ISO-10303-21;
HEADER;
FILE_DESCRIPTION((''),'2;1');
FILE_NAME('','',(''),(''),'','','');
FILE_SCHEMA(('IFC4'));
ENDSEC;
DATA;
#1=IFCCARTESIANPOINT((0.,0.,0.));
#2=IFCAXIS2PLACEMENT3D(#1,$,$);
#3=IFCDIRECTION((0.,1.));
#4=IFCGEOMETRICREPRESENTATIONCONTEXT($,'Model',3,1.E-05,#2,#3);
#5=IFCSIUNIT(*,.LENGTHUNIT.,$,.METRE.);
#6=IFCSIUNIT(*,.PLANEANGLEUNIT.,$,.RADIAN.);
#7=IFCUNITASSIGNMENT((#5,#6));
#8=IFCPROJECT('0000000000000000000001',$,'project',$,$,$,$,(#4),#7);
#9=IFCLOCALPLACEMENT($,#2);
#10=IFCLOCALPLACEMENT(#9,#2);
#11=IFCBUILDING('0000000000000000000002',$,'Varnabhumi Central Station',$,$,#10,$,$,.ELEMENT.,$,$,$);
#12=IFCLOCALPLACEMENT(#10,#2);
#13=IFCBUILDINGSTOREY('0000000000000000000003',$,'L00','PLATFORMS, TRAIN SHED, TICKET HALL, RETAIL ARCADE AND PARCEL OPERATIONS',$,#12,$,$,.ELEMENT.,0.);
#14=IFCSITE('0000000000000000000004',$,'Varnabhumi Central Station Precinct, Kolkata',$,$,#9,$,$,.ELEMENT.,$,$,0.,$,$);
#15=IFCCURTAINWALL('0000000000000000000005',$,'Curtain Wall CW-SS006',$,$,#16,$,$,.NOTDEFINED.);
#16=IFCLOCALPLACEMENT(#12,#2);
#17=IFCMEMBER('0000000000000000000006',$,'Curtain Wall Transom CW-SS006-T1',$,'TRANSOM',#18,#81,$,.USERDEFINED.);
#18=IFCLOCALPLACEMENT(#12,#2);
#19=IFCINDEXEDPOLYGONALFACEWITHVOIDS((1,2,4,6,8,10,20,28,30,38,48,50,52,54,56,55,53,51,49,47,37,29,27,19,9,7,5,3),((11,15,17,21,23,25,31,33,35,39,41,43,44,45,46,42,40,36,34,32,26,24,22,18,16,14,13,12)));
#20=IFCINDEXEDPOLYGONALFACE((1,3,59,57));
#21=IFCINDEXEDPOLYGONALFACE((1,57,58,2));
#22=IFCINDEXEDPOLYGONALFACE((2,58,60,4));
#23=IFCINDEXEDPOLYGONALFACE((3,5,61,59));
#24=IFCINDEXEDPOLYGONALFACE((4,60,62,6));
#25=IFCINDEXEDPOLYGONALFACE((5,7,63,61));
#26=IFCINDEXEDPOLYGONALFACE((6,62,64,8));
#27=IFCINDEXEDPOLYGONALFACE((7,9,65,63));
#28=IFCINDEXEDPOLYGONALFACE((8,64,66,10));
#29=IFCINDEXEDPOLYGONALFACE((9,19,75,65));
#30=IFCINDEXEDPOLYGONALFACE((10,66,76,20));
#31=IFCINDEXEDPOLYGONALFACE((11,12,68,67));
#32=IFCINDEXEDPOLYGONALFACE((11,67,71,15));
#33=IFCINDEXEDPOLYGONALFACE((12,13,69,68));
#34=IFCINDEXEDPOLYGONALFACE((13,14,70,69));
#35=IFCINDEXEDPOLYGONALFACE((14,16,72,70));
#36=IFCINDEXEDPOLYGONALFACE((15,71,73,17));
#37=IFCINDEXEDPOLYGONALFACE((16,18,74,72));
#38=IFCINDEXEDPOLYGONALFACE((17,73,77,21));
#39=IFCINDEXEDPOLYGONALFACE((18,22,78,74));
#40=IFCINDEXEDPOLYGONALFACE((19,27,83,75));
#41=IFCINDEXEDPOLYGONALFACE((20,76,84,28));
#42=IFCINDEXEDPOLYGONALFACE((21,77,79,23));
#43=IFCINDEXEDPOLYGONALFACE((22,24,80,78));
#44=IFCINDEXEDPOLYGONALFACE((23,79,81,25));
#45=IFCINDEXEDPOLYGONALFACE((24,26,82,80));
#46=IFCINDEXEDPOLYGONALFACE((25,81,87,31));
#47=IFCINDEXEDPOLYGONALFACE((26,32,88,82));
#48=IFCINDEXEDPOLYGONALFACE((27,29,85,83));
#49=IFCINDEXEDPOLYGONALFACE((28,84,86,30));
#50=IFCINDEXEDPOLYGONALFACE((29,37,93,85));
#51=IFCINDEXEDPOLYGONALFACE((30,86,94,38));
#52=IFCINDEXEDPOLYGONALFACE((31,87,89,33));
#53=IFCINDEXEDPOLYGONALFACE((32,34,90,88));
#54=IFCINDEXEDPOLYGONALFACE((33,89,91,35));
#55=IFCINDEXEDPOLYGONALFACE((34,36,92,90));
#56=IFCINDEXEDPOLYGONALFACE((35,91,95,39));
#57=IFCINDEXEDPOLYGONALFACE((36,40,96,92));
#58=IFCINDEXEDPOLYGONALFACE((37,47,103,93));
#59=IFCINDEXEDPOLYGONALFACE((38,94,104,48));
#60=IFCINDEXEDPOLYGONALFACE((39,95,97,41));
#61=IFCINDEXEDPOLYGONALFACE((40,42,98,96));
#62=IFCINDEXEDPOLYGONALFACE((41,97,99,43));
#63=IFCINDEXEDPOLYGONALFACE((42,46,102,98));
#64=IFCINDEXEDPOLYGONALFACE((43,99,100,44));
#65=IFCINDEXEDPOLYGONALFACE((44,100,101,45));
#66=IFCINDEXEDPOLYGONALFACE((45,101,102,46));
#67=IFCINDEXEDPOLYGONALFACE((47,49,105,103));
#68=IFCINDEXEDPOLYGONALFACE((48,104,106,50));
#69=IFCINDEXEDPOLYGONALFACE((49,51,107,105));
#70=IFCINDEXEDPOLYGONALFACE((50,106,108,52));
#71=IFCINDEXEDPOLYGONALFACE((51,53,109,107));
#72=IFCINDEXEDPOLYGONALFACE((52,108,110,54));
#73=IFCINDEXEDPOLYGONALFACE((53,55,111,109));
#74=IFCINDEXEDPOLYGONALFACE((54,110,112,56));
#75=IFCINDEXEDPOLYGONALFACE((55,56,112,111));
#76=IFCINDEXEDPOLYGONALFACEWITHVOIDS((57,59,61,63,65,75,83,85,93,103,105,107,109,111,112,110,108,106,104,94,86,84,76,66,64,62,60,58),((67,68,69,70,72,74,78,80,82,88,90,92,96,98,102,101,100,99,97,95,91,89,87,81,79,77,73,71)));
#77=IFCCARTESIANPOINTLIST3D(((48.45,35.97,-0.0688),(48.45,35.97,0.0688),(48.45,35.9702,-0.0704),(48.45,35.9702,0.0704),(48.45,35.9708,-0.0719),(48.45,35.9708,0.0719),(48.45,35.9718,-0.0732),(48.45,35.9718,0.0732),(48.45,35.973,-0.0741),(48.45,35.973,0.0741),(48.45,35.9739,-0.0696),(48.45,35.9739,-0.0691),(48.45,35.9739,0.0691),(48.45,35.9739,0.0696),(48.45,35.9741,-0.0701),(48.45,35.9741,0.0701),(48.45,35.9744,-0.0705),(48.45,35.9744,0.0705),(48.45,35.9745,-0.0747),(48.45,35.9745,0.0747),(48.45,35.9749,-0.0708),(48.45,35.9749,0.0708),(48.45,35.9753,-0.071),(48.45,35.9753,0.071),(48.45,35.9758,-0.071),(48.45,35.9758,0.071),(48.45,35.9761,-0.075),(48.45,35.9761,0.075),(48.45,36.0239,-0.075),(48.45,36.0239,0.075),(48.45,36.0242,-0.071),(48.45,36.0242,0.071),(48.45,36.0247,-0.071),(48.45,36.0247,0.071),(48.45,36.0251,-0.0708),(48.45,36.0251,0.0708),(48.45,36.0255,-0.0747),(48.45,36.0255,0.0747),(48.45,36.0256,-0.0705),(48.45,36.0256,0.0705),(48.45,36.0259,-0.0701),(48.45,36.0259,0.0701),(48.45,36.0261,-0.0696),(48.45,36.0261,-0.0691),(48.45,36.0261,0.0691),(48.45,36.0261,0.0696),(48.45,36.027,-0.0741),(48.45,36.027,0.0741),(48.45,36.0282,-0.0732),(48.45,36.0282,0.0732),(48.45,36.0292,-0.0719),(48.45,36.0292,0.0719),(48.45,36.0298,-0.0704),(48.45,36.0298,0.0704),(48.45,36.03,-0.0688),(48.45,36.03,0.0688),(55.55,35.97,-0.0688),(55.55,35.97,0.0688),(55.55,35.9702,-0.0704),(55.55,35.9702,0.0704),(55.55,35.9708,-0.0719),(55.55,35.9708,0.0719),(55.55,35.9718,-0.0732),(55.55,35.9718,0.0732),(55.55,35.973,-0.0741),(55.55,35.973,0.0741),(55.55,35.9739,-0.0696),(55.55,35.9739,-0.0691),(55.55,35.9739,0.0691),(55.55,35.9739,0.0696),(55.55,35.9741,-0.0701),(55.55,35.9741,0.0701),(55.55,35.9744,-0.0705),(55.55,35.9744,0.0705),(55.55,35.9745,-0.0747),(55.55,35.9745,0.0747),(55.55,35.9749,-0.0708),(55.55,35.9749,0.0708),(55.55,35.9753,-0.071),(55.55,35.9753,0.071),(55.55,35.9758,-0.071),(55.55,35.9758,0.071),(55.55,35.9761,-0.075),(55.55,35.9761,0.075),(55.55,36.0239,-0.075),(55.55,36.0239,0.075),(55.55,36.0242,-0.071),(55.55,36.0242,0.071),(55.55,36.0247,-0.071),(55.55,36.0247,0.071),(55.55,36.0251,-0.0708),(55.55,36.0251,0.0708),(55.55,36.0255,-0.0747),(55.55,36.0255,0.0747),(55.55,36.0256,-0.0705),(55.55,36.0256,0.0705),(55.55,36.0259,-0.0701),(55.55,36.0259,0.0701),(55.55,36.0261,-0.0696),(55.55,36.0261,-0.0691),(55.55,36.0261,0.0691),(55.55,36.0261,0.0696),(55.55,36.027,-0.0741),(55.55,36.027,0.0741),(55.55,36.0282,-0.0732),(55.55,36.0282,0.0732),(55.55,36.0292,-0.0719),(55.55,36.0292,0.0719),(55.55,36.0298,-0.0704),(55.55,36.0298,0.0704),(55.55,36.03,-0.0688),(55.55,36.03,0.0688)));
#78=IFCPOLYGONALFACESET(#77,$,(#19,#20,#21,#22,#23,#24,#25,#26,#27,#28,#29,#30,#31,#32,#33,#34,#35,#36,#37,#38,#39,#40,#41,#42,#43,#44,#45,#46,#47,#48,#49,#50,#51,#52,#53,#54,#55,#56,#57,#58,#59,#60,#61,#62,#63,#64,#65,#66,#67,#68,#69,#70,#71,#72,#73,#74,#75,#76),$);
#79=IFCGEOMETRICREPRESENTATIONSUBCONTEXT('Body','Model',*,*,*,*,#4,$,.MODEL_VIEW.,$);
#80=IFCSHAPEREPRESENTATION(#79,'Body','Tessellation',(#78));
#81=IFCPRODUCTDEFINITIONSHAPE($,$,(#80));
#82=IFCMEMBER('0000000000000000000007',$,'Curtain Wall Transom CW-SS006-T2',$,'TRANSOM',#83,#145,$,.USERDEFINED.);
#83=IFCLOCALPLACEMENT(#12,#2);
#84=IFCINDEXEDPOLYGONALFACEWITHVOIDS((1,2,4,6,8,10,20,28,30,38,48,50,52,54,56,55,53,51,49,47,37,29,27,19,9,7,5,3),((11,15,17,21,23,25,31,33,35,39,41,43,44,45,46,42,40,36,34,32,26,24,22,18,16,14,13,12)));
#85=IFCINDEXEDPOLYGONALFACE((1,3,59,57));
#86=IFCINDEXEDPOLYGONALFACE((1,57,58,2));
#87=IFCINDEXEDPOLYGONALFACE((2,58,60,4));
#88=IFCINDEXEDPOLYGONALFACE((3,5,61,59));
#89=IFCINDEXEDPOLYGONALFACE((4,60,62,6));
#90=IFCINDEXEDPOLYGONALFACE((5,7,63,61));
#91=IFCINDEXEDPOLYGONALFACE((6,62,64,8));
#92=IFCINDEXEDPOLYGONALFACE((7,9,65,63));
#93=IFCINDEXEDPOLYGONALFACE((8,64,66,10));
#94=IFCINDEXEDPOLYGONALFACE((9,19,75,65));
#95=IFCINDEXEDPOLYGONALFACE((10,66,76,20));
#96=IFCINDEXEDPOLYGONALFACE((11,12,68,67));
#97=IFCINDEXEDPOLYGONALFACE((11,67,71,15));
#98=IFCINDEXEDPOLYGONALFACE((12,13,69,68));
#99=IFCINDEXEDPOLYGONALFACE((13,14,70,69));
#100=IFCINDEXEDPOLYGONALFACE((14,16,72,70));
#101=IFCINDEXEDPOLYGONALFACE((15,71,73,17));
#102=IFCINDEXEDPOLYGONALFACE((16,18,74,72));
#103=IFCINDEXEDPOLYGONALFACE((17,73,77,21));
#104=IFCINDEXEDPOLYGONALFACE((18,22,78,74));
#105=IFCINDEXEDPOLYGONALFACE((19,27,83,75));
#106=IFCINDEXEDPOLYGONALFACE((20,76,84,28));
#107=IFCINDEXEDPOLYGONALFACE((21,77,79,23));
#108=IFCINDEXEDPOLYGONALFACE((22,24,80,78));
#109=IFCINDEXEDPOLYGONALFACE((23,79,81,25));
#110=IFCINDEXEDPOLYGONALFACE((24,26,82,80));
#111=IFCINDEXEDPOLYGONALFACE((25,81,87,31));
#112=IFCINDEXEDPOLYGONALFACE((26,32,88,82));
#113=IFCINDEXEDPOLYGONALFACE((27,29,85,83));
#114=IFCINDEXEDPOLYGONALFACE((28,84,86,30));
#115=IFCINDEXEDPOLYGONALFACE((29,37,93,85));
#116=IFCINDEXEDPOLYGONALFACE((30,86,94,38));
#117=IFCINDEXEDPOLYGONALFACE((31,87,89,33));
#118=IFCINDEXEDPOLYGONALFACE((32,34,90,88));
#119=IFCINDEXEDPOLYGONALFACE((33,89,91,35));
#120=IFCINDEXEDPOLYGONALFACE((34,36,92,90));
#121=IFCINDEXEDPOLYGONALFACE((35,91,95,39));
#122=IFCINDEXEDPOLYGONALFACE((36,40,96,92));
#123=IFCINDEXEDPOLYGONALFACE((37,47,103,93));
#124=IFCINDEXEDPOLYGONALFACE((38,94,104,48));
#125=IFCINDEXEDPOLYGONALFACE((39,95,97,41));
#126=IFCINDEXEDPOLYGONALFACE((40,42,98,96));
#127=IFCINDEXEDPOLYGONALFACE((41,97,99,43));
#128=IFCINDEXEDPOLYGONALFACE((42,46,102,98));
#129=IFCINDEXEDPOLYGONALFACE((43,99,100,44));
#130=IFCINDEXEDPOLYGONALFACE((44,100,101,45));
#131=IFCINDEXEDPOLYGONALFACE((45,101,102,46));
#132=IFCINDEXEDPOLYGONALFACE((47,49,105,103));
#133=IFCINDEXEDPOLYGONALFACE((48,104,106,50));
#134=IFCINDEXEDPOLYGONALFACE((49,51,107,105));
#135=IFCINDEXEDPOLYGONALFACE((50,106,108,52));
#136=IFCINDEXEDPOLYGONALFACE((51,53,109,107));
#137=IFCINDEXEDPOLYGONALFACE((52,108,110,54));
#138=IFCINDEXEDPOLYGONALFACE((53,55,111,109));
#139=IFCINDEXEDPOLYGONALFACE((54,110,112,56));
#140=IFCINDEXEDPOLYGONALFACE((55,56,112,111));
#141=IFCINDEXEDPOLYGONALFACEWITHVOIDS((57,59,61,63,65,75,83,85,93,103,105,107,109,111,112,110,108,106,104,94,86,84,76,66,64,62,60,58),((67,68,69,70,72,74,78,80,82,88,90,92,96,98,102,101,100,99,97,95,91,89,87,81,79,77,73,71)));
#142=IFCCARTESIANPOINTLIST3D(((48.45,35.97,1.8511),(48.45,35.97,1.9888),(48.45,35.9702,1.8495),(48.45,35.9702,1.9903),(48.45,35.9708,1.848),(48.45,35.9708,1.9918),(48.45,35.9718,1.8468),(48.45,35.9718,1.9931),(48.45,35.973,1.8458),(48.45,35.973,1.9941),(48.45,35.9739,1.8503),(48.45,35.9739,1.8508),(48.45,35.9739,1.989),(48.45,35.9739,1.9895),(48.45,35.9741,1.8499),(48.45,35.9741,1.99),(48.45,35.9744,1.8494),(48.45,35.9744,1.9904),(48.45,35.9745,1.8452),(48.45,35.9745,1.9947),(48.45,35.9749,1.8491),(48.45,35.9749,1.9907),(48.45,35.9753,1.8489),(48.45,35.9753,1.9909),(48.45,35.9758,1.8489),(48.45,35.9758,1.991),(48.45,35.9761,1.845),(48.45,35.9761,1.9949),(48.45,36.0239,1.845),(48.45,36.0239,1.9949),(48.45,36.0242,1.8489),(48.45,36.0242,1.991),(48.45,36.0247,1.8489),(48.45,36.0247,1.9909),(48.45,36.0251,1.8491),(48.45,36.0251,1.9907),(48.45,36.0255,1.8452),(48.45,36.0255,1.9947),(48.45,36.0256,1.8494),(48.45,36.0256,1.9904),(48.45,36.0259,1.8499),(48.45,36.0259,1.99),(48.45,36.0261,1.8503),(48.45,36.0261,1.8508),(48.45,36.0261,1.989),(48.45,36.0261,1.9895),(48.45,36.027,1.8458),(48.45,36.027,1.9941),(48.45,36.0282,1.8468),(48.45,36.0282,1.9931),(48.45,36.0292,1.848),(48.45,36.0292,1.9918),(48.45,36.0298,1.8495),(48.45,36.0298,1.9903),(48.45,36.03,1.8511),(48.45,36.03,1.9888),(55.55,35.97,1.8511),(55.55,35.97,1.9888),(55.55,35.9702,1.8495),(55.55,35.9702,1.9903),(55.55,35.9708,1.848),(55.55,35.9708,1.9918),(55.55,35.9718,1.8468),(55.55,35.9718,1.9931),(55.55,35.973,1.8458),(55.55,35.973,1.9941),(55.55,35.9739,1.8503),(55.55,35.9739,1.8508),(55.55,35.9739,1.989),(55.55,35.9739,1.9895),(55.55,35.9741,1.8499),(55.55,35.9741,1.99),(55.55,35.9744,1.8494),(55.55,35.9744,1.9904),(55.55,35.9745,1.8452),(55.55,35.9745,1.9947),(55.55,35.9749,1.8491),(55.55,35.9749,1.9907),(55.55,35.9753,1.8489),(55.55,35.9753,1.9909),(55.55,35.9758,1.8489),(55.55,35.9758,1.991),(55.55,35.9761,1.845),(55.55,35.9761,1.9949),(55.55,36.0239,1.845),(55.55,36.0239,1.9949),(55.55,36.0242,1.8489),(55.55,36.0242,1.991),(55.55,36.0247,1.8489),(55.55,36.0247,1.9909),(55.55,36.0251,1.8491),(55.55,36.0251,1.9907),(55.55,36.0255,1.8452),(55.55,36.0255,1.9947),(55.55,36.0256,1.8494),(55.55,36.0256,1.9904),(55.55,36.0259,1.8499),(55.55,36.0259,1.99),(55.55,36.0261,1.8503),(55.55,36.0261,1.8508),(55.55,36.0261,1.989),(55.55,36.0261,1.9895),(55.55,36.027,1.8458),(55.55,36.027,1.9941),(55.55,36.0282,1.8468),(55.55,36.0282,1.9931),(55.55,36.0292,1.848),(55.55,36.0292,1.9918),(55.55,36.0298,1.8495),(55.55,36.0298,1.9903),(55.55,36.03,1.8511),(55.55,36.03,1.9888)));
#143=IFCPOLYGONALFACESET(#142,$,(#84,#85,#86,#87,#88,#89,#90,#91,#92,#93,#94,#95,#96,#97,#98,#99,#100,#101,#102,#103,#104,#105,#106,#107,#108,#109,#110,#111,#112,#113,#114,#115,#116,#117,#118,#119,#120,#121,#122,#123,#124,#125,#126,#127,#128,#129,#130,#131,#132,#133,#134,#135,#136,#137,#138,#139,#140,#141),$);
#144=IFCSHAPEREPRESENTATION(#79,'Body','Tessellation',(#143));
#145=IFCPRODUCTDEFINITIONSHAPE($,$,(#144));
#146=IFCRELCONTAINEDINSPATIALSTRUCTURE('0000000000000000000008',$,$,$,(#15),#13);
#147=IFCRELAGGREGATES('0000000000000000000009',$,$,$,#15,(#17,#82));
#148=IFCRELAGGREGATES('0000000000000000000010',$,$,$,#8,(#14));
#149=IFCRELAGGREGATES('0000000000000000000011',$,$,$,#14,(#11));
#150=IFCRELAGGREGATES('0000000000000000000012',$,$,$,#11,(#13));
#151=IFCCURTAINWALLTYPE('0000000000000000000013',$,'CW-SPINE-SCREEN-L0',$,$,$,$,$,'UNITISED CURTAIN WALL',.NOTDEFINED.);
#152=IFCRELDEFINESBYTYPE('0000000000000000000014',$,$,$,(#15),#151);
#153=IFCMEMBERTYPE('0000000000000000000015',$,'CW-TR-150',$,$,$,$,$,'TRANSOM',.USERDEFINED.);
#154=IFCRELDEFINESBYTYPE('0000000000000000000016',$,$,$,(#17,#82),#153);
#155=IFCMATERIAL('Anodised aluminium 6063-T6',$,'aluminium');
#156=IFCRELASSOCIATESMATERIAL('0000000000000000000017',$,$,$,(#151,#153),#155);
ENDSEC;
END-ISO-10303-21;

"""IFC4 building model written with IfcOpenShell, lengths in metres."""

from ifc_helpers import new_model, si_unit, direction, frame, origin, origin_2d, place, context, subcontext, project, spatial, hollow_rectangle, extrude, material, material_profile, profile_set, type_object, element, aggregate, save


model = new_model("IFC4")

# Units and contexts
model_context = context("Model", 3, precision=1e-05, world=origin(), true_north=direction((0.0, 1.0)))
body_context = subcontext(model_context, "Body", "Model", "MODEL_VIEW")
ifc_project = project(units=[si_unit("LENGTHUNIT", "METRE"), si_unit("PLANEANGLEUNIT", "RADIAN")], contexts=[model_context])

# Site, building, storey
site_placement = place(None, origin())
site = spatial("IfcSite", under=ifc_project, at=site_placement, Name="Varnabhumi Central Station Precinct, Kolkata", CompositionType="ELEMENT", RefElevation=0.0)
building_placement = place(site_placement, origin())
building = spatial("IfcBuilding", under=site, at=building_placement, Name="Varnabhumi Central Station", CompositionType="ELEMENT")
storey_placement = place(building_placement, origin())
storey = spatial("IfcBuildingStorey", under=building, at=storey_placement, Name="L00", Description="PLATFORMS, TRAIN SHED, TICKET HALL, RETAIL ARCADE AND PARCEL OPERATIONS", CompositionType="ELEMENT", Elevation=0.0)

# Curtain wall, members
ifc_material_1 = material(Name="Anodised aluminium 6063-T6", Category="aluminium")
curtain_wall_type = type_object("IfcCurtainWallType", Name="CW-SPINE-SCREEN-L0", ElementType="UNITISED CURTAIN WALL", PredefinedType="NOTDEFINED", material=ifc_material_1)
curtain_wall_placement = place(storey_placement, origin())
curtain_wall = element("IfcCurtainWall", 1, at=curtain_wall_placement, inside=storey, type_object=curtain_wall_type, Name="Curtain Wall CW-SS006", PredefinedType="NOTDEFINED")
ifc_material_profile_1 = material_profile(ifc_material_1, hollow_rectangle(XDim=0.0601, YDim=0.1499, WallThickness=0.0039, InnerFilletRadius=0.002, OuterFilletRadius=0.0061, at=origin_2d()), Name="Anodised aluminium 6063-T6", Category="aluminium")
ifc_profile_set_1 = profile_set([ifc_material_profile_1], Name="Anodised aluminium 6063-T6")
member_type_1 = type_object("IfcMemberType", Name="CW-TR-150", ElementType="TRANSOM", PredefinedType="USERDEFINED", material=ifc_profile_set_1)
member_1_placement = place(storey_placement, frame((48.45, 36.0, 0.0), z_axis=(1.0, 0.0, 0.0), x_axis=(0.0, 1.0, 0.0)))
member_1 = element("IfcMember", 2, at=member_1_placement, type_object=member_type_1, Name="Curtain Wall Transom CW-SS006-T1", ObjectType="TRANSOM", PredefinedType="USERDEFINED", context=body_context, shape_type="SweptSolid", body=[
    extrude(hollow_rectangle(XDim=0.0601, YDim=0.1499, WallThickness=0.0039, InnerFilletRadius=0.002, OuterFilletRadius=0.0061, at=origin_2d()), origin(), (0.0, 0.0, 1.0), 7.1001),
])
member_2_placement = place(storey_placement, frame((48.45, 36.0, 1.9199), z_axis=(1.0, 0.0, 0.0), x_axis=(0.0, 1.0, 0.0)))
member_2 = element("IfcMember", 3, at=member_2_placement, type_object=member_type_1, Name="Curtain Wall Transom CW-SS006-T2", ObjectType="TRANSOM", PredefinedType="USERDEFINED", context=body_context, shape_type="SweptSolid", body=[
    extrude(hollow_rectangle(XDim=0.0601, YDim=0.1499, WallThickness=0.0039, InnerFilletRadius=0.002, OuterFilletRadius=0.0061, at=origin_2d()), origin(), (0.0, 0.0, 1.0), 7.1001),
])
aggregate(curtain_wall, [member_1, member_2])

save(model, "model.ifc")
